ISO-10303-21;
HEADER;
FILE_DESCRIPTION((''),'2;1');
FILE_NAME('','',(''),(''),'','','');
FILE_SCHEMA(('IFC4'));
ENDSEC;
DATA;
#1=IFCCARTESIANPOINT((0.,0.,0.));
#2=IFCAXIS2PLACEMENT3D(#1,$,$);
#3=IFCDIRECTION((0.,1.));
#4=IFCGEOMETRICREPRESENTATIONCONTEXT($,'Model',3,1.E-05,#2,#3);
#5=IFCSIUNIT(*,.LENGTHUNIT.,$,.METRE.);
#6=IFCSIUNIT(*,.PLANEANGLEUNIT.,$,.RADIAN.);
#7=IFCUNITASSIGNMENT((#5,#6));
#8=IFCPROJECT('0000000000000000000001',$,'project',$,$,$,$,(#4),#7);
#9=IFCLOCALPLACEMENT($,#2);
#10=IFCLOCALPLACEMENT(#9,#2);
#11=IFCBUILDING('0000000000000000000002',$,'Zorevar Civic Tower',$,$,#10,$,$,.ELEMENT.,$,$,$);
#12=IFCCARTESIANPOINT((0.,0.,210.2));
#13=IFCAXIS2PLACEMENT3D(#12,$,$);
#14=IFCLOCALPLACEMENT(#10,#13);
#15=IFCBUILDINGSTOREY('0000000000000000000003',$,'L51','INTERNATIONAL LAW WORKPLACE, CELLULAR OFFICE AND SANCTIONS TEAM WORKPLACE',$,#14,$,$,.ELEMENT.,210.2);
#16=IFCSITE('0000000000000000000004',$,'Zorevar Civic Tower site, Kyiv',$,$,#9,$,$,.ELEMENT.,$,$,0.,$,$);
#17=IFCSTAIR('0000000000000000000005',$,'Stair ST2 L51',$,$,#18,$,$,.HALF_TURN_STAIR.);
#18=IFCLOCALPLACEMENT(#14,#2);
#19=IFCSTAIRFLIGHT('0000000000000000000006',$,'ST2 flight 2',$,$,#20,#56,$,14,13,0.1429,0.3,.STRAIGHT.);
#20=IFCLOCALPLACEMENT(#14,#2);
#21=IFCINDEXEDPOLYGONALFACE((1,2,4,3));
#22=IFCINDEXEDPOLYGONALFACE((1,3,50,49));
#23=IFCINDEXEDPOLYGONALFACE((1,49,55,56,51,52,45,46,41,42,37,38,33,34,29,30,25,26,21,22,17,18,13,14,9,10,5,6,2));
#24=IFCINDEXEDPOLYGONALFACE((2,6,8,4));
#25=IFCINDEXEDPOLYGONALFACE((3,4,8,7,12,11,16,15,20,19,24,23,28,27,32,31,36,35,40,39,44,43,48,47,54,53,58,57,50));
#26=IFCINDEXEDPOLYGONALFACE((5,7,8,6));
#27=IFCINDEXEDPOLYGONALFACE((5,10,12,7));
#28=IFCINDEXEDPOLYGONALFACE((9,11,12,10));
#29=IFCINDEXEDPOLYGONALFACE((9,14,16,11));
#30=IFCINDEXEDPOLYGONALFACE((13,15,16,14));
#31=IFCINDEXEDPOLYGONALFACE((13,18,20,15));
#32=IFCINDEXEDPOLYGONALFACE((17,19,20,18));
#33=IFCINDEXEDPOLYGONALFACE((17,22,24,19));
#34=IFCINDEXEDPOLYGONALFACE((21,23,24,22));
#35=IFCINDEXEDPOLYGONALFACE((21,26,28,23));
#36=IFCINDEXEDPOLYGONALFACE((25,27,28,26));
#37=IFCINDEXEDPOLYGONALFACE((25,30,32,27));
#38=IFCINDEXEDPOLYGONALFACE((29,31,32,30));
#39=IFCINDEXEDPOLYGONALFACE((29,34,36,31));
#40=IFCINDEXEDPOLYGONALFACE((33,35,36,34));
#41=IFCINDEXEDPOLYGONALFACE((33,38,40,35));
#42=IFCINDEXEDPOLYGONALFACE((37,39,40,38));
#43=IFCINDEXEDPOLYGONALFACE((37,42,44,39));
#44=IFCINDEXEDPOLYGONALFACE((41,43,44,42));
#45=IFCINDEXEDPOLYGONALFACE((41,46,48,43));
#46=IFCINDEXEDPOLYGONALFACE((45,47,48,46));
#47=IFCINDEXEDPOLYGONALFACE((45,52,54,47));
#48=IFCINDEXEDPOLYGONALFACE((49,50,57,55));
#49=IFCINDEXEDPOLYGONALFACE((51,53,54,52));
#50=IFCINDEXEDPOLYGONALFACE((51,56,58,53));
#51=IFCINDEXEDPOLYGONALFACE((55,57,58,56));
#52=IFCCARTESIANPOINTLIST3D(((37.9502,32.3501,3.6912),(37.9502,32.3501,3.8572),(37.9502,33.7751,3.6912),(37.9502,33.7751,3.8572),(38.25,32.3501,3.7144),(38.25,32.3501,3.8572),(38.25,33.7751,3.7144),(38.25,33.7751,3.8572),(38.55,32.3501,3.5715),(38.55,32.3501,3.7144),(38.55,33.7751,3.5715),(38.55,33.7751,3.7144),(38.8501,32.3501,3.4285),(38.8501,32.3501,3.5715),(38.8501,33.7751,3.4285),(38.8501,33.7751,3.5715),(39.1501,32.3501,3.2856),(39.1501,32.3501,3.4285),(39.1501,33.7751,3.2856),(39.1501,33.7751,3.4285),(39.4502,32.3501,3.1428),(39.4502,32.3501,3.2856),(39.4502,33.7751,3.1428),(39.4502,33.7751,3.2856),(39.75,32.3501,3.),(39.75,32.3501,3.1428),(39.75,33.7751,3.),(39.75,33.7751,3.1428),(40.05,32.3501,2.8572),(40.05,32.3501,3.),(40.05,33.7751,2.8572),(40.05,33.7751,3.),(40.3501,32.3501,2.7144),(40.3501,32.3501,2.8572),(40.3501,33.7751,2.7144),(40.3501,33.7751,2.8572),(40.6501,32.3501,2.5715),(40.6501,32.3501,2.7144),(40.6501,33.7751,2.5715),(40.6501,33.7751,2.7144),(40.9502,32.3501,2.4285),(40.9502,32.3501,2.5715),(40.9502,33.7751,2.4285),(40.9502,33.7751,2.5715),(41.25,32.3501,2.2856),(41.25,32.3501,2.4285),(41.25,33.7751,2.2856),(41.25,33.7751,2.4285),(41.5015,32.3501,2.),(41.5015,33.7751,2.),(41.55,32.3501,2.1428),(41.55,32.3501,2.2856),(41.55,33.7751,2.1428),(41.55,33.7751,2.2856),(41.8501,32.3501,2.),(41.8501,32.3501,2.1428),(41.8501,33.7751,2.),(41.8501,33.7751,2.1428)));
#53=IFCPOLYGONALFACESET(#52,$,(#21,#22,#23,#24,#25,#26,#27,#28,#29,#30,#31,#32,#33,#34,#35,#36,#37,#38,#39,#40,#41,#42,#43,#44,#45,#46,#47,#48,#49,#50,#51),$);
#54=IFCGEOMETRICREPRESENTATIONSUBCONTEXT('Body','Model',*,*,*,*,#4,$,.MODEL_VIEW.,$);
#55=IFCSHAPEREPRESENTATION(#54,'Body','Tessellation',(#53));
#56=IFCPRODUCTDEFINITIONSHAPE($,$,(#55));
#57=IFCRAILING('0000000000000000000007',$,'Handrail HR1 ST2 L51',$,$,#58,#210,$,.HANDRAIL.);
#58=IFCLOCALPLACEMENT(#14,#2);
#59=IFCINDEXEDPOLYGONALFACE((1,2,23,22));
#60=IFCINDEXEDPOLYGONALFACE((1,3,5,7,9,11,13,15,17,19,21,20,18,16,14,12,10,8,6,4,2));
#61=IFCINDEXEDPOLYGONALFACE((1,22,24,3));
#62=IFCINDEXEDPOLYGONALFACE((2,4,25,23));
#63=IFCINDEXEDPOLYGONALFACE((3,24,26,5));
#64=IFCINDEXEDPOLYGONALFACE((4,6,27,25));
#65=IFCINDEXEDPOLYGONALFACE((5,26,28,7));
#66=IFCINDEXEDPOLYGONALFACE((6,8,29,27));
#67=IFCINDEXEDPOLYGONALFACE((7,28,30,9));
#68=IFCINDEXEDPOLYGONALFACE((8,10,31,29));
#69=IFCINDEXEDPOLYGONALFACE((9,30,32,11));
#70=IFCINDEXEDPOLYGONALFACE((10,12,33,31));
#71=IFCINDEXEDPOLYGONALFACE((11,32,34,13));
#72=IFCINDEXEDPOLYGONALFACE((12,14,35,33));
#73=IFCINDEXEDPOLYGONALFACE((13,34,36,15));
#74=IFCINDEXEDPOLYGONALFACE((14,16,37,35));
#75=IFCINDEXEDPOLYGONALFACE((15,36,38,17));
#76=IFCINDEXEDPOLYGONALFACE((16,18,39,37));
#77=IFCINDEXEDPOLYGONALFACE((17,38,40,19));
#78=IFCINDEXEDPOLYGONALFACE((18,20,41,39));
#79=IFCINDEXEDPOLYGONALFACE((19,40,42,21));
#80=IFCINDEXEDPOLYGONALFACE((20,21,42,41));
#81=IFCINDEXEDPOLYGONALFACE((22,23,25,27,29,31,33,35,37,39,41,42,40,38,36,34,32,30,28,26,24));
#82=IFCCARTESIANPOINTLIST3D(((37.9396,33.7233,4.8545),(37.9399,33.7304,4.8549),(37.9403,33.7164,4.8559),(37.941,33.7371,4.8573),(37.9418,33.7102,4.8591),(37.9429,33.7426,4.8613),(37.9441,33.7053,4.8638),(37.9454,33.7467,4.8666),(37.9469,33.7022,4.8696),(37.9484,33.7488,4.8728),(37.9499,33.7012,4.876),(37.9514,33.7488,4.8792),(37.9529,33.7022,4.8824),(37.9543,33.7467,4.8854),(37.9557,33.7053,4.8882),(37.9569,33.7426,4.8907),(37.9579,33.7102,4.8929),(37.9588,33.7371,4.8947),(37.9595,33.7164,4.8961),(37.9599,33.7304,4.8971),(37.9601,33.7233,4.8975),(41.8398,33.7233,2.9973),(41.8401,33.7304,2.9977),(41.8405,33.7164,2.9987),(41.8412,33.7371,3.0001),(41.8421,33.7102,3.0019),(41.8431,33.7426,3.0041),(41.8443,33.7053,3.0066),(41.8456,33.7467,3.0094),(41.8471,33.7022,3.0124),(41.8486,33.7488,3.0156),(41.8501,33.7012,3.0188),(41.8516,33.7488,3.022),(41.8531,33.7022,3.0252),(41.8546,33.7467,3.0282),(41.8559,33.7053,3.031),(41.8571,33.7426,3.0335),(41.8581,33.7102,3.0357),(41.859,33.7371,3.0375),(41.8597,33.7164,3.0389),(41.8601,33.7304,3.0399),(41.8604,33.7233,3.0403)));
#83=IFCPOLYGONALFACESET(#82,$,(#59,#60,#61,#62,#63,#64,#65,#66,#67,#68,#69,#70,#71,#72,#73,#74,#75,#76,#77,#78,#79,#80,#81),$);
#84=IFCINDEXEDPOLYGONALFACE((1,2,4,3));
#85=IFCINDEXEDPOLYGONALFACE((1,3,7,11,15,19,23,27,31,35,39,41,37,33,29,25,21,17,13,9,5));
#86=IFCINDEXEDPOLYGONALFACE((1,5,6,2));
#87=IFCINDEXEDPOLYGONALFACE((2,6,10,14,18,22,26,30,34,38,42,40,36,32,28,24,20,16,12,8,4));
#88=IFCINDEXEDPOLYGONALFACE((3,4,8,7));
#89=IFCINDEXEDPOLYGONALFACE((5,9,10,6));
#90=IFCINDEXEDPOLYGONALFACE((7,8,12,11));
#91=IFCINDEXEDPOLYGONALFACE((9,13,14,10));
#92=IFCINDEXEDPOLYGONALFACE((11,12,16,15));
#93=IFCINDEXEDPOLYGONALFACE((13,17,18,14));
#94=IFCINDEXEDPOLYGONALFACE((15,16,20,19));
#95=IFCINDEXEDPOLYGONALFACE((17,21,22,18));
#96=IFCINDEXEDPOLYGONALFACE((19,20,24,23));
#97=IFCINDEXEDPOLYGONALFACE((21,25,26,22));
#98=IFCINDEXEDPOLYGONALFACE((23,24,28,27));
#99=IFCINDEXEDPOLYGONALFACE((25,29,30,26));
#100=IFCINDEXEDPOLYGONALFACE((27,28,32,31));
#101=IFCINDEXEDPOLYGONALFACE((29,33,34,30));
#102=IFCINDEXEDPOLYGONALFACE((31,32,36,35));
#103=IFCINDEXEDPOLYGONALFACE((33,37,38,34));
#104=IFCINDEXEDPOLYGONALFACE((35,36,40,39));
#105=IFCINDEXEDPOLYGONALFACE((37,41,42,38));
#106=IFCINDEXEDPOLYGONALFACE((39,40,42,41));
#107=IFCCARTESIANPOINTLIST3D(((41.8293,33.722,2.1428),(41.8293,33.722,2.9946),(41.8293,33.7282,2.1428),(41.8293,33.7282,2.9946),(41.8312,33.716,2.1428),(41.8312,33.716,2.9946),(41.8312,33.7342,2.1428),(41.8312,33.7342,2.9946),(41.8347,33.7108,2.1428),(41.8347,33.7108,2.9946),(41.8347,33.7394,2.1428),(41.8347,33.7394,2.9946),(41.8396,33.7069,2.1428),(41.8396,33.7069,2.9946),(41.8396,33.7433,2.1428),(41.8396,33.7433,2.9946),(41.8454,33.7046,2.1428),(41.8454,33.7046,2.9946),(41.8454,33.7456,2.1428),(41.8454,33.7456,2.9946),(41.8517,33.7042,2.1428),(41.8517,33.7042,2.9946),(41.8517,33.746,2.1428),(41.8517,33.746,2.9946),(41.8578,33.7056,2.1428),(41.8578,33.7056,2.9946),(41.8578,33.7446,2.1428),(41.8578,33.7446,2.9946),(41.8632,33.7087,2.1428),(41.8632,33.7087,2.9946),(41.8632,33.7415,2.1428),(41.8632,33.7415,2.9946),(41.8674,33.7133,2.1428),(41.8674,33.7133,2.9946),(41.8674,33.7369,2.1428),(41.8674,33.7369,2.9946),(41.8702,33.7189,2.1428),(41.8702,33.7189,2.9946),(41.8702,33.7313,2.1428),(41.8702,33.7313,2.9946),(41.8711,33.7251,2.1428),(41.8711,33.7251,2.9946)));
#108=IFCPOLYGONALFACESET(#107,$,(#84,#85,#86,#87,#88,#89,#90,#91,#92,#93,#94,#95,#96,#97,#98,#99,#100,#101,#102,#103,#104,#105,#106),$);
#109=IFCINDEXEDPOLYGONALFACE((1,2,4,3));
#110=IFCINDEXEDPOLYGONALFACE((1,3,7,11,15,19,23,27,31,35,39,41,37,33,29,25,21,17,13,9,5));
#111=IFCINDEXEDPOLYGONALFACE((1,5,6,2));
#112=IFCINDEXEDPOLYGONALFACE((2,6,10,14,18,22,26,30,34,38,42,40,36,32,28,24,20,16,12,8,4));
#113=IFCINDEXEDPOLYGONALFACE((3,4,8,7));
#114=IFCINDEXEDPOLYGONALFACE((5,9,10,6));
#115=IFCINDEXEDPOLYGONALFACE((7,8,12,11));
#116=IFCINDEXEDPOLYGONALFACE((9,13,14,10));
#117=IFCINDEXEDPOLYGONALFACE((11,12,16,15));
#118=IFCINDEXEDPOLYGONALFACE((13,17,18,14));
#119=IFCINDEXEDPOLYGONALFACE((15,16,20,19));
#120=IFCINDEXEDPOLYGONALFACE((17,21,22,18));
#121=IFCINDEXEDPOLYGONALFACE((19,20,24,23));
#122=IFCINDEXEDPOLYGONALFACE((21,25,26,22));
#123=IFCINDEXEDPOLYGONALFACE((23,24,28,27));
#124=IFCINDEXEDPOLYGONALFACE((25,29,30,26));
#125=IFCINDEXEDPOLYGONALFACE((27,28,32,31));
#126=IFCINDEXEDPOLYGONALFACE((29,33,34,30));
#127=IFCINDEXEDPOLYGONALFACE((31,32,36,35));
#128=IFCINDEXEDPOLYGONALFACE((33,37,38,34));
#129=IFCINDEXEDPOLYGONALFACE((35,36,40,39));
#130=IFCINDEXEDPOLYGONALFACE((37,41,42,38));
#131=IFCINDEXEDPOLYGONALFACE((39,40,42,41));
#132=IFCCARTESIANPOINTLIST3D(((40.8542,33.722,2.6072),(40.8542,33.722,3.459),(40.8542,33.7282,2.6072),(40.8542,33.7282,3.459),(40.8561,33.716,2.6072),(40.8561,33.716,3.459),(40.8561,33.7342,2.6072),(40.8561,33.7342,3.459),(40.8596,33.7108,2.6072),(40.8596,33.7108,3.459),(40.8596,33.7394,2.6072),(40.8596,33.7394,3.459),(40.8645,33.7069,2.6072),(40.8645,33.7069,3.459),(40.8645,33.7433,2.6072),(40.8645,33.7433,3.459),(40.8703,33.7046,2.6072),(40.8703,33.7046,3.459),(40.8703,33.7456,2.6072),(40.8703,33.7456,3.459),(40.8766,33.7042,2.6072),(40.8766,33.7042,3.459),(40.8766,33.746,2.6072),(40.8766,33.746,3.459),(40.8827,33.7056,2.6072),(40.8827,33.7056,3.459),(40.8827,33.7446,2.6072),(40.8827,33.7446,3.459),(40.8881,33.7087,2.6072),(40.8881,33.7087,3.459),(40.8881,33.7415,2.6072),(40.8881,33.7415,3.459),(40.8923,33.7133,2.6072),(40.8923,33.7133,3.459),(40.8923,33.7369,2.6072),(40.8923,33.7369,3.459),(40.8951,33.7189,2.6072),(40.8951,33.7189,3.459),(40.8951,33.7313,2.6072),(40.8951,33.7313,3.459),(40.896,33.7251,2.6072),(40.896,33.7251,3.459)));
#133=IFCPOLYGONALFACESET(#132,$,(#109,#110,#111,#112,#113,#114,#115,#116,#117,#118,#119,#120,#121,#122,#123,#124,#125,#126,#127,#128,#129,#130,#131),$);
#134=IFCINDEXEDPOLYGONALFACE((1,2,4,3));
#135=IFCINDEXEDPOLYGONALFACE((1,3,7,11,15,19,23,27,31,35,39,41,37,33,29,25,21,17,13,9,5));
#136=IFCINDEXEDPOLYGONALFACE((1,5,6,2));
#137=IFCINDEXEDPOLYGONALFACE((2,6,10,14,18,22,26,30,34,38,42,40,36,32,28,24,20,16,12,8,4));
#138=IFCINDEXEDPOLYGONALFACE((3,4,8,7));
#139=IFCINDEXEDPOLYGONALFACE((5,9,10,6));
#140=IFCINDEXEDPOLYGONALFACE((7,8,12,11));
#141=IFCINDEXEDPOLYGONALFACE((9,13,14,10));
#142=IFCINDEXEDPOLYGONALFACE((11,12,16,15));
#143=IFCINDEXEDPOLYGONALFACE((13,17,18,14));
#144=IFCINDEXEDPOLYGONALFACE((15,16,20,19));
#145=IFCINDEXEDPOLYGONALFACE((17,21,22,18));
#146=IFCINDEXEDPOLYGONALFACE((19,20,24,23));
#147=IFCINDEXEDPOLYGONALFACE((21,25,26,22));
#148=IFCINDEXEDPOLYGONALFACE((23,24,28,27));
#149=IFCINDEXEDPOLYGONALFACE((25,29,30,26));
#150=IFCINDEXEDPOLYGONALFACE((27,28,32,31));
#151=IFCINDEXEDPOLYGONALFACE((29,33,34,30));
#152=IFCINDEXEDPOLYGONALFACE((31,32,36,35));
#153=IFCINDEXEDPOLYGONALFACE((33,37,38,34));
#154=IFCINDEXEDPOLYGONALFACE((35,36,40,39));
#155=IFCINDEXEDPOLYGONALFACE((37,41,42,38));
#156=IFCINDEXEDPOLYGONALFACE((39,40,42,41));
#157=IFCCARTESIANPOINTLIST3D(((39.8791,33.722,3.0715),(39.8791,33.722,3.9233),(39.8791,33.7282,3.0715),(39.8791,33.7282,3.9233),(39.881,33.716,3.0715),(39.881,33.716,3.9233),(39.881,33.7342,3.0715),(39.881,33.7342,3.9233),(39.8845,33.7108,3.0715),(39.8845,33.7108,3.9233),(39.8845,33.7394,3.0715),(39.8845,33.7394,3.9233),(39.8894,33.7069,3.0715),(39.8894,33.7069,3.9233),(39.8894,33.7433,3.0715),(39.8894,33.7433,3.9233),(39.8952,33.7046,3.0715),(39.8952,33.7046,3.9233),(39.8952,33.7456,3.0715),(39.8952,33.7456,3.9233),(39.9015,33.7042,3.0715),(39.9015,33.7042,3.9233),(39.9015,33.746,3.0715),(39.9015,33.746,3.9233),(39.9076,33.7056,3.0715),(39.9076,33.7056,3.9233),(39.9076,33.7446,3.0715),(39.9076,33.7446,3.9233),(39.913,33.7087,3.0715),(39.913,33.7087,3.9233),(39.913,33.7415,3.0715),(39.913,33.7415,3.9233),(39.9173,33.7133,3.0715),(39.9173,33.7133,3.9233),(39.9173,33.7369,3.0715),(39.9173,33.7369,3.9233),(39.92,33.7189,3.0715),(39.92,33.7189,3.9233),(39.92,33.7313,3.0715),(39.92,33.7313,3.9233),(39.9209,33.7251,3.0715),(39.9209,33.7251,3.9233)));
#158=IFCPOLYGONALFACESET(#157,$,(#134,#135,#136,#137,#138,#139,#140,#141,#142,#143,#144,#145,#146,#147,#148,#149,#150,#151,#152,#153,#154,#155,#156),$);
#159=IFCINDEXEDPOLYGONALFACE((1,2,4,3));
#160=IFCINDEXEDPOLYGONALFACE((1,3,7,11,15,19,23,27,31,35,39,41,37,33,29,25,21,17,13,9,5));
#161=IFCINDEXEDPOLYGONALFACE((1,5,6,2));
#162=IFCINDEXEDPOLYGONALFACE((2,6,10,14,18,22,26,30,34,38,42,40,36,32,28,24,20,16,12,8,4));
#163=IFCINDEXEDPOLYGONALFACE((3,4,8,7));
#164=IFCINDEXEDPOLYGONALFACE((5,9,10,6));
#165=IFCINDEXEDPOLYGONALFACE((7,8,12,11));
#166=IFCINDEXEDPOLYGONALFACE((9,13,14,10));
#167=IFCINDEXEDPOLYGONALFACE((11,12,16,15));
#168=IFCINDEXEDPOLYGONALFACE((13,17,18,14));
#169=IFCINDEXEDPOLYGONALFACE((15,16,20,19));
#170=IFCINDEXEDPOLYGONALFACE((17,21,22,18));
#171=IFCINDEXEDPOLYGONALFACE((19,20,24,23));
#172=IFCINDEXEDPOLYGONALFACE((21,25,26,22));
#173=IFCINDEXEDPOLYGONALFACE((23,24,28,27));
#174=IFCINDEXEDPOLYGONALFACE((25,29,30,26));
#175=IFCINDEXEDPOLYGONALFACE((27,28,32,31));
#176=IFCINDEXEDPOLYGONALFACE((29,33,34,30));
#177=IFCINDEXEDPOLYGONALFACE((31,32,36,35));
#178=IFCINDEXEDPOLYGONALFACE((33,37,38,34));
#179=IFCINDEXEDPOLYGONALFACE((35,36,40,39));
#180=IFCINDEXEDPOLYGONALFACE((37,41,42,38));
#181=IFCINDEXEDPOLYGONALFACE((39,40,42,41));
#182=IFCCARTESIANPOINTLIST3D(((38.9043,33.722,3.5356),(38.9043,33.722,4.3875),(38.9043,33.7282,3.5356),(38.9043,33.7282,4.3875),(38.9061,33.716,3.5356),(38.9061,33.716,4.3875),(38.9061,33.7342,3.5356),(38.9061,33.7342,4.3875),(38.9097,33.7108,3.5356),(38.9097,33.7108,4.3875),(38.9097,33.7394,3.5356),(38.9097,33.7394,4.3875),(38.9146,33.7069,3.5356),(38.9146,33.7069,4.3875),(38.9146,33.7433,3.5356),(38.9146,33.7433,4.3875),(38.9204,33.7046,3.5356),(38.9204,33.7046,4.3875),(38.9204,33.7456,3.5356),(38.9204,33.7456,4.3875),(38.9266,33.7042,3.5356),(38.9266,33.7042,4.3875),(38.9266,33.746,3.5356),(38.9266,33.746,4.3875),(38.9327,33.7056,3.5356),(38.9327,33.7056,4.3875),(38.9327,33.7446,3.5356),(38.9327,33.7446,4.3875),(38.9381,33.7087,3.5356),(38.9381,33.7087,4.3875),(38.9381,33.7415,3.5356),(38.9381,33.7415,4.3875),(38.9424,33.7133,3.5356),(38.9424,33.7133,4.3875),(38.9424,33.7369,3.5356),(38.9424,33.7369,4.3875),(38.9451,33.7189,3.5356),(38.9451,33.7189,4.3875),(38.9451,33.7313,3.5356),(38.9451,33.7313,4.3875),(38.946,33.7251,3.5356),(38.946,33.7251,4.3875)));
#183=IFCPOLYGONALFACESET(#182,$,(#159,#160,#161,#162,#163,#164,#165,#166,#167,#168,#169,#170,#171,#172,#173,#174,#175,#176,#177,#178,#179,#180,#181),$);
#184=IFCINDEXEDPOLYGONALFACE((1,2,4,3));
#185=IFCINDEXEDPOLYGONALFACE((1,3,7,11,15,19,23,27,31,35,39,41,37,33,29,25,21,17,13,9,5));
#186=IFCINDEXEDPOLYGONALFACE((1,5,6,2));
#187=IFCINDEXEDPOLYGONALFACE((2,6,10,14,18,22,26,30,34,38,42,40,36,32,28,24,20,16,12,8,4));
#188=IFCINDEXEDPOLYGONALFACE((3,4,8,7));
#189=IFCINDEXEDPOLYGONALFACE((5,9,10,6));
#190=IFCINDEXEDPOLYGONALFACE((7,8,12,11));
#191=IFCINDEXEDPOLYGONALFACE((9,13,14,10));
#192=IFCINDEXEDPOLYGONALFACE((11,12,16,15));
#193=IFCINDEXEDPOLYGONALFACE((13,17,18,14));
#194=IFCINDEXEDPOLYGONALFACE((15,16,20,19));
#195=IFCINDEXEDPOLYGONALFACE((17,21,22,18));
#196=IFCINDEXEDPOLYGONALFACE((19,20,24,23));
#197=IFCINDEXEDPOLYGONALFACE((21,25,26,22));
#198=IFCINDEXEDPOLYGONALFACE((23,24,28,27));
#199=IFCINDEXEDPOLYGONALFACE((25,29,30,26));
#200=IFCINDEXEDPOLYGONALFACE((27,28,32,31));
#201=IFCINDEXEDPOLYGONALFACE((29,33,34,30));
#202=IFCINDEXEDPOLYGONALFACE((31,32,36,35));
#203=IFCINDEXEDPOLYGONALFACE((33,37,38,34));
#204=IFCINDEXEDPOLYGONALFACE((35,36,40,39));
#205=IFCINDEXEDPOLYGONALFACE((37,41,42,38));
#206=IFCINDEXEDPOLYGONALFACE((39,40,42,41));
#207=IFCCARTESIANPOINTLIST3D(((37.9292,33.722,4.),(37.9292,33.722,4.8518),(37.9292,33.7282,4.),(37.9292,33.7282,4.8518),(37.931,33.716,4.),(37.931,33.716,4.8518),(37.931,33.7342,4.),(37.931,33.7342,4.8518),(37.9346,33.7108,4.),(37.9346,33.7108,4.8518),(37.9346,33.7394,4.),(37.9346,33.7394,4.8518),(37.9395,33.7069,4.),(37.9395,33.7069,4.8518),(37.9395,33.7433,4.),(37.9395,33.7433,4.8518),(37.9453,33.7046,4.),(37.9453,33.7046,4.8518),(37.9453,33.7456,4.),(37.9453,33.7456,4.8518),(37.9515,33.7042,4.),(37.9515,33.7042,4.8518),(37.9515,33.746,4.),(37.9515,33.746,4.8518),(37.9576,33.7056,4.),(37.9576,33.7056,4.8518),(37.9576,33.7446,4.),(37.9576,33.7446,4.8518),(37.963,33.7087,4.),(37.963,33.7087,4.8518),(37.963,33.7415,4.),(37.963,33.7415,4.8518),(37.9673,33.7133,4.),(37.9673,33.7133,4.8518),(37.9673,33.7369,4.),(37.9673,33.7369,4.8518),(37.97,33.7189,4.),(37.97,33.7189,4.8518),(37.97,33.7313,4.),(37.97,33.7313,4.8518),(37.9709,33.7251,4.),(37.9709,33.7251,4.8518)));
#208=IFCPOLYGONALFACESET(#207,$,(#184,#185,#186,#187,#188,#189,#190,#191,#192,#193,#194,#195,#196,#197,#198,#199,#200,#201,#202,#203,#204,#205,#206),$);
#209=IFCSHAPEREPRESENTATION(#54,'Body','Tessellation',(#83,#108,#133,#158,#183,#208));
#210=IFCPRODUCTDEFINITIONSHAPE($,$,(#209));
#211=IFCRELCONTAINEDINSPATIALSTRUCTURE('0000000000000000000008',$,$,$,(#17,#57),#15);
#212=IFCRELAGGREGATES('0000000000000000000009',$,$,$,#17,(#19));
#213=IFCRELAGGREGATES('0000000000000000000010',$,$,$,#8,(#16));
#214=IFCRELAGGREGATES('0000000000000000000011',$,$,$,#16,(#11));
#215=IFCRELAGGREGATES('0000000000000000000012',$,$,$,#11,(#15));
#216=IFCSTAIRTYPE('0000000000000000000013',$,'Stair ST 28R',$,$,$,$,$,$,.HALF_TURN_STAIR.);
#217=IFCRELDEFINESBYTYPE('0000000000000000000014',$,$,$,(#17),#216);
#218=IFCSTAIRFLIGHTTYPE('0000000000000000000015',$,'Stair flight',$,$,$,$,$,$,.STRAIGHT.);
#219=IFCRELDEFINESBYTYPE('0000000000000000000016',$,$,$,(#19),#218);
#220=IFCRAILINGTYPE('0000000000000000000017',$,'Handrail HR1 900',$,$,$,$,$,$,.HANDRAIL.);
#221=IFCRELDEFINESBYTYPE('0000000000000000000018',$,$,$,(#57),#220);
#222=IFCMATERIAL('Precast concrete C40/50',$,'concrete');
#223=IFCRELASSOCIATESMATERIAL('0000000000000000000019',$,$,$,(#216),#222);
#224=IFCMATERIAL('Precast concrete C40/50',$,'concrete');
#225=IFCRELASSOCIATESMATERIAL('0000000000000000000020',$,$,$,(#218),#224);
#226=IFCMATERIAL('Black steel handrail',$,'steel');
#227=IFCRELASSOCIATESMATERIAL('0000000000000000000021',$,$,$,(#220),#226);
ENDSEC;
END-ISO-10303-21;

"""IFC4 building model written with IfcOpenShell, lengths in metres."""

from ifc_helpers import new_model, si_unit, direction, frame, origin, origin_2d, place, context, subcontext, project, spatial, polyline, circle, outline, extrude, material, type_object, element, aggregate, save


model = new_model("IFC4")

# Units and contexts
model_context = context("Model", 3, precision=1e-05, world=origin(), true_north=direction((0.0, 1.0)))
body_context = subcontext(model_context, "Body", "Model", "MODEL_VIEW")
ifc_project = project(units=[si_unit("LENGTHUNIT", "METRE"), si_unit("PLANEANGLEUNIT", "RADIAN")], contexts=[model_context])

# Site, building, storey
site_placement = place(None, origin())
site = spatial("IfcSite", under=ifc_project, at=site_placement, Name="Zorevar Civic Tower site, Kyiv", CompositionType="ELEMENT", RefElevation=0.0)
building_placement = place(site_placement, origin())
building = spatial("IfcBuilding", under=site, at=building_placement, Name="Zorevar Civic Tower", CompositionType="ELEMENT")
storey_placement = place(building_placement, frame((0.0, 0.0, 210.2)))
storey = spatial("IfcBuildingStorey", under=building, at=storey_placement, Name="L51", Description="INTERNATIONAL LAW WORKPLACE, CELLULAR OFFICE AND SANCTIONS TEAM WORKPLACE", CompositionType="ELEMENT", Elevation=210.2)

# Stair, stair flight
ifc_material_1 = material(Name="Precast concrete C40/50", Category="concrete")
stair_type = type_object("IfcStairType", Name="Stair ST 28R", PredefinedType="HALF_TURN_STAIR", material=ifc_material_1)
stair_placement = place(storey_placement, origin())
stair = element("IfcStair", 1, at=stair_placement, inside=storey, type_object=stair_type, Name="Stair ST2 L51", PredefinedType="HALF_TURN_STAIR")
ifc_material_2 = material(Name="Precast concrete C40/50", Category="concrete")
stair_flight_type = type_object("IfcStairFlightType", Name="Stair flight", PredefinedType="STRAIGHT", material=ifc_material_2)
stair_flight_placement = place(storey_placement, frame((41.8501, 33.0625, 2.0), z_axis=(0.0, 0.0, 1.0), x_axis=(-1.0, 0.0, 0.0)))
stair_flight = element("IfcStairFlight", 2, at=stair_flight_placement, type_object=stair_flight_type, Name="ST2 flight 2", NumberOfRisers=14, NumberOfTreads=13, PredefinedType="STRAIGHT", RiserHeight=0.1429, TreadLength=0.3, context=body_context, shape_type="SweptSolid", body=[
    extrude(outline(polyline([(0.0, 0.0), (0.0, 0.1428), (0.3, 0.1428), (0.3, 0.2856), (0.6001, 0.2856), (0.6001, 0.4285), (0.8999, 0.4285), (0.8999, 0.5715), (1.2, 0.5715), (1.2, 0.7144), (1.5, 0.7144), (1.5, 0.8572), (1.8, 0.8572), (1.8, 1.0), (2.1001, 1.0), (2.1001, 1.1428), (2.3999, 1.1428), (2.3999, 1.2856), (2.7, 1.2856), (2.7, 1.4285), (3.0, 1.4285), (3.0, 1.5715), (3.3, 1.5715), (3.3, 1.7144), (3.6001, 1.7144), (3.6001, 1.8572), (3.8999, 1.8572), (3.8999, 2.0), (3.8999, 1.6912), (0.3486, 0.0), (0.0, 0.0)])), frame((0.0, 0.7124, 0.0), z_axis=(0.0, -1.0, 0.0), x_axis=(1.0, 0.0, 0.0)), (0.0, 0.0, 1.0), 1.425),
])
aggregate(stair, [stair_flight])

# Railing
ifc_material_3 = material(Name="Black steel handrail", Category="steel")
railing_type = type_object("IfcRailingType", Name="Handrail HR1 900", PredefinedType="HANDRAIL", material=ifc_material_3)
railing_placement = place(storey_placement, frame((41.8501, 33.7251, 2.1428)))
element("IfcRailing", 3, at=railing_placement, inside=storey, type_object=railing_type, Name="Handrail HR1 ST2 L51", PredefinedType="HANDRAIL", context=body_context, shape_type="SweptSolid", body=[
    extrude(circle(Radius=0.0239, at=origin_2d()), frame((0.0, 0.0, 0.876), z_axis=(-0.902864, 0.0, 0.429927), x_axis=(0.0, -1.0, 0.0)), (0.0, 0.0, 1.0), 4.3198),
    extrude(circle(Radius=0.021, at=origin_2d()), origin(), (0.0, 0.0, 1.0), 0.8518),
    extrude(circle(Radius=0.021, at=origin_2d()), frame((-0.9751, 0.0, 0.4644)), (0.0, 0.0, 1.0), 0.8518),
    extrude(circle(Radius=0.021, at=origin_2d()), frame((-1.9502, 0.0, 0.9287)), (0.0, 0.0, 1.0), 0.8518),
    extrude(circle(Radius=0.021, at=origin_2d()), frame((-2.925, 0.0, 1.3928)), (0.0, 0.0, 1.0), 0.8518),
    extrude(circle(Radius=0.021, at=origin_2d()), frame((-3.9001, 0.0, 1.8572)), (0.0, 0.0, 1.0), 0.8518),
])

save(model, "model.ifc")
